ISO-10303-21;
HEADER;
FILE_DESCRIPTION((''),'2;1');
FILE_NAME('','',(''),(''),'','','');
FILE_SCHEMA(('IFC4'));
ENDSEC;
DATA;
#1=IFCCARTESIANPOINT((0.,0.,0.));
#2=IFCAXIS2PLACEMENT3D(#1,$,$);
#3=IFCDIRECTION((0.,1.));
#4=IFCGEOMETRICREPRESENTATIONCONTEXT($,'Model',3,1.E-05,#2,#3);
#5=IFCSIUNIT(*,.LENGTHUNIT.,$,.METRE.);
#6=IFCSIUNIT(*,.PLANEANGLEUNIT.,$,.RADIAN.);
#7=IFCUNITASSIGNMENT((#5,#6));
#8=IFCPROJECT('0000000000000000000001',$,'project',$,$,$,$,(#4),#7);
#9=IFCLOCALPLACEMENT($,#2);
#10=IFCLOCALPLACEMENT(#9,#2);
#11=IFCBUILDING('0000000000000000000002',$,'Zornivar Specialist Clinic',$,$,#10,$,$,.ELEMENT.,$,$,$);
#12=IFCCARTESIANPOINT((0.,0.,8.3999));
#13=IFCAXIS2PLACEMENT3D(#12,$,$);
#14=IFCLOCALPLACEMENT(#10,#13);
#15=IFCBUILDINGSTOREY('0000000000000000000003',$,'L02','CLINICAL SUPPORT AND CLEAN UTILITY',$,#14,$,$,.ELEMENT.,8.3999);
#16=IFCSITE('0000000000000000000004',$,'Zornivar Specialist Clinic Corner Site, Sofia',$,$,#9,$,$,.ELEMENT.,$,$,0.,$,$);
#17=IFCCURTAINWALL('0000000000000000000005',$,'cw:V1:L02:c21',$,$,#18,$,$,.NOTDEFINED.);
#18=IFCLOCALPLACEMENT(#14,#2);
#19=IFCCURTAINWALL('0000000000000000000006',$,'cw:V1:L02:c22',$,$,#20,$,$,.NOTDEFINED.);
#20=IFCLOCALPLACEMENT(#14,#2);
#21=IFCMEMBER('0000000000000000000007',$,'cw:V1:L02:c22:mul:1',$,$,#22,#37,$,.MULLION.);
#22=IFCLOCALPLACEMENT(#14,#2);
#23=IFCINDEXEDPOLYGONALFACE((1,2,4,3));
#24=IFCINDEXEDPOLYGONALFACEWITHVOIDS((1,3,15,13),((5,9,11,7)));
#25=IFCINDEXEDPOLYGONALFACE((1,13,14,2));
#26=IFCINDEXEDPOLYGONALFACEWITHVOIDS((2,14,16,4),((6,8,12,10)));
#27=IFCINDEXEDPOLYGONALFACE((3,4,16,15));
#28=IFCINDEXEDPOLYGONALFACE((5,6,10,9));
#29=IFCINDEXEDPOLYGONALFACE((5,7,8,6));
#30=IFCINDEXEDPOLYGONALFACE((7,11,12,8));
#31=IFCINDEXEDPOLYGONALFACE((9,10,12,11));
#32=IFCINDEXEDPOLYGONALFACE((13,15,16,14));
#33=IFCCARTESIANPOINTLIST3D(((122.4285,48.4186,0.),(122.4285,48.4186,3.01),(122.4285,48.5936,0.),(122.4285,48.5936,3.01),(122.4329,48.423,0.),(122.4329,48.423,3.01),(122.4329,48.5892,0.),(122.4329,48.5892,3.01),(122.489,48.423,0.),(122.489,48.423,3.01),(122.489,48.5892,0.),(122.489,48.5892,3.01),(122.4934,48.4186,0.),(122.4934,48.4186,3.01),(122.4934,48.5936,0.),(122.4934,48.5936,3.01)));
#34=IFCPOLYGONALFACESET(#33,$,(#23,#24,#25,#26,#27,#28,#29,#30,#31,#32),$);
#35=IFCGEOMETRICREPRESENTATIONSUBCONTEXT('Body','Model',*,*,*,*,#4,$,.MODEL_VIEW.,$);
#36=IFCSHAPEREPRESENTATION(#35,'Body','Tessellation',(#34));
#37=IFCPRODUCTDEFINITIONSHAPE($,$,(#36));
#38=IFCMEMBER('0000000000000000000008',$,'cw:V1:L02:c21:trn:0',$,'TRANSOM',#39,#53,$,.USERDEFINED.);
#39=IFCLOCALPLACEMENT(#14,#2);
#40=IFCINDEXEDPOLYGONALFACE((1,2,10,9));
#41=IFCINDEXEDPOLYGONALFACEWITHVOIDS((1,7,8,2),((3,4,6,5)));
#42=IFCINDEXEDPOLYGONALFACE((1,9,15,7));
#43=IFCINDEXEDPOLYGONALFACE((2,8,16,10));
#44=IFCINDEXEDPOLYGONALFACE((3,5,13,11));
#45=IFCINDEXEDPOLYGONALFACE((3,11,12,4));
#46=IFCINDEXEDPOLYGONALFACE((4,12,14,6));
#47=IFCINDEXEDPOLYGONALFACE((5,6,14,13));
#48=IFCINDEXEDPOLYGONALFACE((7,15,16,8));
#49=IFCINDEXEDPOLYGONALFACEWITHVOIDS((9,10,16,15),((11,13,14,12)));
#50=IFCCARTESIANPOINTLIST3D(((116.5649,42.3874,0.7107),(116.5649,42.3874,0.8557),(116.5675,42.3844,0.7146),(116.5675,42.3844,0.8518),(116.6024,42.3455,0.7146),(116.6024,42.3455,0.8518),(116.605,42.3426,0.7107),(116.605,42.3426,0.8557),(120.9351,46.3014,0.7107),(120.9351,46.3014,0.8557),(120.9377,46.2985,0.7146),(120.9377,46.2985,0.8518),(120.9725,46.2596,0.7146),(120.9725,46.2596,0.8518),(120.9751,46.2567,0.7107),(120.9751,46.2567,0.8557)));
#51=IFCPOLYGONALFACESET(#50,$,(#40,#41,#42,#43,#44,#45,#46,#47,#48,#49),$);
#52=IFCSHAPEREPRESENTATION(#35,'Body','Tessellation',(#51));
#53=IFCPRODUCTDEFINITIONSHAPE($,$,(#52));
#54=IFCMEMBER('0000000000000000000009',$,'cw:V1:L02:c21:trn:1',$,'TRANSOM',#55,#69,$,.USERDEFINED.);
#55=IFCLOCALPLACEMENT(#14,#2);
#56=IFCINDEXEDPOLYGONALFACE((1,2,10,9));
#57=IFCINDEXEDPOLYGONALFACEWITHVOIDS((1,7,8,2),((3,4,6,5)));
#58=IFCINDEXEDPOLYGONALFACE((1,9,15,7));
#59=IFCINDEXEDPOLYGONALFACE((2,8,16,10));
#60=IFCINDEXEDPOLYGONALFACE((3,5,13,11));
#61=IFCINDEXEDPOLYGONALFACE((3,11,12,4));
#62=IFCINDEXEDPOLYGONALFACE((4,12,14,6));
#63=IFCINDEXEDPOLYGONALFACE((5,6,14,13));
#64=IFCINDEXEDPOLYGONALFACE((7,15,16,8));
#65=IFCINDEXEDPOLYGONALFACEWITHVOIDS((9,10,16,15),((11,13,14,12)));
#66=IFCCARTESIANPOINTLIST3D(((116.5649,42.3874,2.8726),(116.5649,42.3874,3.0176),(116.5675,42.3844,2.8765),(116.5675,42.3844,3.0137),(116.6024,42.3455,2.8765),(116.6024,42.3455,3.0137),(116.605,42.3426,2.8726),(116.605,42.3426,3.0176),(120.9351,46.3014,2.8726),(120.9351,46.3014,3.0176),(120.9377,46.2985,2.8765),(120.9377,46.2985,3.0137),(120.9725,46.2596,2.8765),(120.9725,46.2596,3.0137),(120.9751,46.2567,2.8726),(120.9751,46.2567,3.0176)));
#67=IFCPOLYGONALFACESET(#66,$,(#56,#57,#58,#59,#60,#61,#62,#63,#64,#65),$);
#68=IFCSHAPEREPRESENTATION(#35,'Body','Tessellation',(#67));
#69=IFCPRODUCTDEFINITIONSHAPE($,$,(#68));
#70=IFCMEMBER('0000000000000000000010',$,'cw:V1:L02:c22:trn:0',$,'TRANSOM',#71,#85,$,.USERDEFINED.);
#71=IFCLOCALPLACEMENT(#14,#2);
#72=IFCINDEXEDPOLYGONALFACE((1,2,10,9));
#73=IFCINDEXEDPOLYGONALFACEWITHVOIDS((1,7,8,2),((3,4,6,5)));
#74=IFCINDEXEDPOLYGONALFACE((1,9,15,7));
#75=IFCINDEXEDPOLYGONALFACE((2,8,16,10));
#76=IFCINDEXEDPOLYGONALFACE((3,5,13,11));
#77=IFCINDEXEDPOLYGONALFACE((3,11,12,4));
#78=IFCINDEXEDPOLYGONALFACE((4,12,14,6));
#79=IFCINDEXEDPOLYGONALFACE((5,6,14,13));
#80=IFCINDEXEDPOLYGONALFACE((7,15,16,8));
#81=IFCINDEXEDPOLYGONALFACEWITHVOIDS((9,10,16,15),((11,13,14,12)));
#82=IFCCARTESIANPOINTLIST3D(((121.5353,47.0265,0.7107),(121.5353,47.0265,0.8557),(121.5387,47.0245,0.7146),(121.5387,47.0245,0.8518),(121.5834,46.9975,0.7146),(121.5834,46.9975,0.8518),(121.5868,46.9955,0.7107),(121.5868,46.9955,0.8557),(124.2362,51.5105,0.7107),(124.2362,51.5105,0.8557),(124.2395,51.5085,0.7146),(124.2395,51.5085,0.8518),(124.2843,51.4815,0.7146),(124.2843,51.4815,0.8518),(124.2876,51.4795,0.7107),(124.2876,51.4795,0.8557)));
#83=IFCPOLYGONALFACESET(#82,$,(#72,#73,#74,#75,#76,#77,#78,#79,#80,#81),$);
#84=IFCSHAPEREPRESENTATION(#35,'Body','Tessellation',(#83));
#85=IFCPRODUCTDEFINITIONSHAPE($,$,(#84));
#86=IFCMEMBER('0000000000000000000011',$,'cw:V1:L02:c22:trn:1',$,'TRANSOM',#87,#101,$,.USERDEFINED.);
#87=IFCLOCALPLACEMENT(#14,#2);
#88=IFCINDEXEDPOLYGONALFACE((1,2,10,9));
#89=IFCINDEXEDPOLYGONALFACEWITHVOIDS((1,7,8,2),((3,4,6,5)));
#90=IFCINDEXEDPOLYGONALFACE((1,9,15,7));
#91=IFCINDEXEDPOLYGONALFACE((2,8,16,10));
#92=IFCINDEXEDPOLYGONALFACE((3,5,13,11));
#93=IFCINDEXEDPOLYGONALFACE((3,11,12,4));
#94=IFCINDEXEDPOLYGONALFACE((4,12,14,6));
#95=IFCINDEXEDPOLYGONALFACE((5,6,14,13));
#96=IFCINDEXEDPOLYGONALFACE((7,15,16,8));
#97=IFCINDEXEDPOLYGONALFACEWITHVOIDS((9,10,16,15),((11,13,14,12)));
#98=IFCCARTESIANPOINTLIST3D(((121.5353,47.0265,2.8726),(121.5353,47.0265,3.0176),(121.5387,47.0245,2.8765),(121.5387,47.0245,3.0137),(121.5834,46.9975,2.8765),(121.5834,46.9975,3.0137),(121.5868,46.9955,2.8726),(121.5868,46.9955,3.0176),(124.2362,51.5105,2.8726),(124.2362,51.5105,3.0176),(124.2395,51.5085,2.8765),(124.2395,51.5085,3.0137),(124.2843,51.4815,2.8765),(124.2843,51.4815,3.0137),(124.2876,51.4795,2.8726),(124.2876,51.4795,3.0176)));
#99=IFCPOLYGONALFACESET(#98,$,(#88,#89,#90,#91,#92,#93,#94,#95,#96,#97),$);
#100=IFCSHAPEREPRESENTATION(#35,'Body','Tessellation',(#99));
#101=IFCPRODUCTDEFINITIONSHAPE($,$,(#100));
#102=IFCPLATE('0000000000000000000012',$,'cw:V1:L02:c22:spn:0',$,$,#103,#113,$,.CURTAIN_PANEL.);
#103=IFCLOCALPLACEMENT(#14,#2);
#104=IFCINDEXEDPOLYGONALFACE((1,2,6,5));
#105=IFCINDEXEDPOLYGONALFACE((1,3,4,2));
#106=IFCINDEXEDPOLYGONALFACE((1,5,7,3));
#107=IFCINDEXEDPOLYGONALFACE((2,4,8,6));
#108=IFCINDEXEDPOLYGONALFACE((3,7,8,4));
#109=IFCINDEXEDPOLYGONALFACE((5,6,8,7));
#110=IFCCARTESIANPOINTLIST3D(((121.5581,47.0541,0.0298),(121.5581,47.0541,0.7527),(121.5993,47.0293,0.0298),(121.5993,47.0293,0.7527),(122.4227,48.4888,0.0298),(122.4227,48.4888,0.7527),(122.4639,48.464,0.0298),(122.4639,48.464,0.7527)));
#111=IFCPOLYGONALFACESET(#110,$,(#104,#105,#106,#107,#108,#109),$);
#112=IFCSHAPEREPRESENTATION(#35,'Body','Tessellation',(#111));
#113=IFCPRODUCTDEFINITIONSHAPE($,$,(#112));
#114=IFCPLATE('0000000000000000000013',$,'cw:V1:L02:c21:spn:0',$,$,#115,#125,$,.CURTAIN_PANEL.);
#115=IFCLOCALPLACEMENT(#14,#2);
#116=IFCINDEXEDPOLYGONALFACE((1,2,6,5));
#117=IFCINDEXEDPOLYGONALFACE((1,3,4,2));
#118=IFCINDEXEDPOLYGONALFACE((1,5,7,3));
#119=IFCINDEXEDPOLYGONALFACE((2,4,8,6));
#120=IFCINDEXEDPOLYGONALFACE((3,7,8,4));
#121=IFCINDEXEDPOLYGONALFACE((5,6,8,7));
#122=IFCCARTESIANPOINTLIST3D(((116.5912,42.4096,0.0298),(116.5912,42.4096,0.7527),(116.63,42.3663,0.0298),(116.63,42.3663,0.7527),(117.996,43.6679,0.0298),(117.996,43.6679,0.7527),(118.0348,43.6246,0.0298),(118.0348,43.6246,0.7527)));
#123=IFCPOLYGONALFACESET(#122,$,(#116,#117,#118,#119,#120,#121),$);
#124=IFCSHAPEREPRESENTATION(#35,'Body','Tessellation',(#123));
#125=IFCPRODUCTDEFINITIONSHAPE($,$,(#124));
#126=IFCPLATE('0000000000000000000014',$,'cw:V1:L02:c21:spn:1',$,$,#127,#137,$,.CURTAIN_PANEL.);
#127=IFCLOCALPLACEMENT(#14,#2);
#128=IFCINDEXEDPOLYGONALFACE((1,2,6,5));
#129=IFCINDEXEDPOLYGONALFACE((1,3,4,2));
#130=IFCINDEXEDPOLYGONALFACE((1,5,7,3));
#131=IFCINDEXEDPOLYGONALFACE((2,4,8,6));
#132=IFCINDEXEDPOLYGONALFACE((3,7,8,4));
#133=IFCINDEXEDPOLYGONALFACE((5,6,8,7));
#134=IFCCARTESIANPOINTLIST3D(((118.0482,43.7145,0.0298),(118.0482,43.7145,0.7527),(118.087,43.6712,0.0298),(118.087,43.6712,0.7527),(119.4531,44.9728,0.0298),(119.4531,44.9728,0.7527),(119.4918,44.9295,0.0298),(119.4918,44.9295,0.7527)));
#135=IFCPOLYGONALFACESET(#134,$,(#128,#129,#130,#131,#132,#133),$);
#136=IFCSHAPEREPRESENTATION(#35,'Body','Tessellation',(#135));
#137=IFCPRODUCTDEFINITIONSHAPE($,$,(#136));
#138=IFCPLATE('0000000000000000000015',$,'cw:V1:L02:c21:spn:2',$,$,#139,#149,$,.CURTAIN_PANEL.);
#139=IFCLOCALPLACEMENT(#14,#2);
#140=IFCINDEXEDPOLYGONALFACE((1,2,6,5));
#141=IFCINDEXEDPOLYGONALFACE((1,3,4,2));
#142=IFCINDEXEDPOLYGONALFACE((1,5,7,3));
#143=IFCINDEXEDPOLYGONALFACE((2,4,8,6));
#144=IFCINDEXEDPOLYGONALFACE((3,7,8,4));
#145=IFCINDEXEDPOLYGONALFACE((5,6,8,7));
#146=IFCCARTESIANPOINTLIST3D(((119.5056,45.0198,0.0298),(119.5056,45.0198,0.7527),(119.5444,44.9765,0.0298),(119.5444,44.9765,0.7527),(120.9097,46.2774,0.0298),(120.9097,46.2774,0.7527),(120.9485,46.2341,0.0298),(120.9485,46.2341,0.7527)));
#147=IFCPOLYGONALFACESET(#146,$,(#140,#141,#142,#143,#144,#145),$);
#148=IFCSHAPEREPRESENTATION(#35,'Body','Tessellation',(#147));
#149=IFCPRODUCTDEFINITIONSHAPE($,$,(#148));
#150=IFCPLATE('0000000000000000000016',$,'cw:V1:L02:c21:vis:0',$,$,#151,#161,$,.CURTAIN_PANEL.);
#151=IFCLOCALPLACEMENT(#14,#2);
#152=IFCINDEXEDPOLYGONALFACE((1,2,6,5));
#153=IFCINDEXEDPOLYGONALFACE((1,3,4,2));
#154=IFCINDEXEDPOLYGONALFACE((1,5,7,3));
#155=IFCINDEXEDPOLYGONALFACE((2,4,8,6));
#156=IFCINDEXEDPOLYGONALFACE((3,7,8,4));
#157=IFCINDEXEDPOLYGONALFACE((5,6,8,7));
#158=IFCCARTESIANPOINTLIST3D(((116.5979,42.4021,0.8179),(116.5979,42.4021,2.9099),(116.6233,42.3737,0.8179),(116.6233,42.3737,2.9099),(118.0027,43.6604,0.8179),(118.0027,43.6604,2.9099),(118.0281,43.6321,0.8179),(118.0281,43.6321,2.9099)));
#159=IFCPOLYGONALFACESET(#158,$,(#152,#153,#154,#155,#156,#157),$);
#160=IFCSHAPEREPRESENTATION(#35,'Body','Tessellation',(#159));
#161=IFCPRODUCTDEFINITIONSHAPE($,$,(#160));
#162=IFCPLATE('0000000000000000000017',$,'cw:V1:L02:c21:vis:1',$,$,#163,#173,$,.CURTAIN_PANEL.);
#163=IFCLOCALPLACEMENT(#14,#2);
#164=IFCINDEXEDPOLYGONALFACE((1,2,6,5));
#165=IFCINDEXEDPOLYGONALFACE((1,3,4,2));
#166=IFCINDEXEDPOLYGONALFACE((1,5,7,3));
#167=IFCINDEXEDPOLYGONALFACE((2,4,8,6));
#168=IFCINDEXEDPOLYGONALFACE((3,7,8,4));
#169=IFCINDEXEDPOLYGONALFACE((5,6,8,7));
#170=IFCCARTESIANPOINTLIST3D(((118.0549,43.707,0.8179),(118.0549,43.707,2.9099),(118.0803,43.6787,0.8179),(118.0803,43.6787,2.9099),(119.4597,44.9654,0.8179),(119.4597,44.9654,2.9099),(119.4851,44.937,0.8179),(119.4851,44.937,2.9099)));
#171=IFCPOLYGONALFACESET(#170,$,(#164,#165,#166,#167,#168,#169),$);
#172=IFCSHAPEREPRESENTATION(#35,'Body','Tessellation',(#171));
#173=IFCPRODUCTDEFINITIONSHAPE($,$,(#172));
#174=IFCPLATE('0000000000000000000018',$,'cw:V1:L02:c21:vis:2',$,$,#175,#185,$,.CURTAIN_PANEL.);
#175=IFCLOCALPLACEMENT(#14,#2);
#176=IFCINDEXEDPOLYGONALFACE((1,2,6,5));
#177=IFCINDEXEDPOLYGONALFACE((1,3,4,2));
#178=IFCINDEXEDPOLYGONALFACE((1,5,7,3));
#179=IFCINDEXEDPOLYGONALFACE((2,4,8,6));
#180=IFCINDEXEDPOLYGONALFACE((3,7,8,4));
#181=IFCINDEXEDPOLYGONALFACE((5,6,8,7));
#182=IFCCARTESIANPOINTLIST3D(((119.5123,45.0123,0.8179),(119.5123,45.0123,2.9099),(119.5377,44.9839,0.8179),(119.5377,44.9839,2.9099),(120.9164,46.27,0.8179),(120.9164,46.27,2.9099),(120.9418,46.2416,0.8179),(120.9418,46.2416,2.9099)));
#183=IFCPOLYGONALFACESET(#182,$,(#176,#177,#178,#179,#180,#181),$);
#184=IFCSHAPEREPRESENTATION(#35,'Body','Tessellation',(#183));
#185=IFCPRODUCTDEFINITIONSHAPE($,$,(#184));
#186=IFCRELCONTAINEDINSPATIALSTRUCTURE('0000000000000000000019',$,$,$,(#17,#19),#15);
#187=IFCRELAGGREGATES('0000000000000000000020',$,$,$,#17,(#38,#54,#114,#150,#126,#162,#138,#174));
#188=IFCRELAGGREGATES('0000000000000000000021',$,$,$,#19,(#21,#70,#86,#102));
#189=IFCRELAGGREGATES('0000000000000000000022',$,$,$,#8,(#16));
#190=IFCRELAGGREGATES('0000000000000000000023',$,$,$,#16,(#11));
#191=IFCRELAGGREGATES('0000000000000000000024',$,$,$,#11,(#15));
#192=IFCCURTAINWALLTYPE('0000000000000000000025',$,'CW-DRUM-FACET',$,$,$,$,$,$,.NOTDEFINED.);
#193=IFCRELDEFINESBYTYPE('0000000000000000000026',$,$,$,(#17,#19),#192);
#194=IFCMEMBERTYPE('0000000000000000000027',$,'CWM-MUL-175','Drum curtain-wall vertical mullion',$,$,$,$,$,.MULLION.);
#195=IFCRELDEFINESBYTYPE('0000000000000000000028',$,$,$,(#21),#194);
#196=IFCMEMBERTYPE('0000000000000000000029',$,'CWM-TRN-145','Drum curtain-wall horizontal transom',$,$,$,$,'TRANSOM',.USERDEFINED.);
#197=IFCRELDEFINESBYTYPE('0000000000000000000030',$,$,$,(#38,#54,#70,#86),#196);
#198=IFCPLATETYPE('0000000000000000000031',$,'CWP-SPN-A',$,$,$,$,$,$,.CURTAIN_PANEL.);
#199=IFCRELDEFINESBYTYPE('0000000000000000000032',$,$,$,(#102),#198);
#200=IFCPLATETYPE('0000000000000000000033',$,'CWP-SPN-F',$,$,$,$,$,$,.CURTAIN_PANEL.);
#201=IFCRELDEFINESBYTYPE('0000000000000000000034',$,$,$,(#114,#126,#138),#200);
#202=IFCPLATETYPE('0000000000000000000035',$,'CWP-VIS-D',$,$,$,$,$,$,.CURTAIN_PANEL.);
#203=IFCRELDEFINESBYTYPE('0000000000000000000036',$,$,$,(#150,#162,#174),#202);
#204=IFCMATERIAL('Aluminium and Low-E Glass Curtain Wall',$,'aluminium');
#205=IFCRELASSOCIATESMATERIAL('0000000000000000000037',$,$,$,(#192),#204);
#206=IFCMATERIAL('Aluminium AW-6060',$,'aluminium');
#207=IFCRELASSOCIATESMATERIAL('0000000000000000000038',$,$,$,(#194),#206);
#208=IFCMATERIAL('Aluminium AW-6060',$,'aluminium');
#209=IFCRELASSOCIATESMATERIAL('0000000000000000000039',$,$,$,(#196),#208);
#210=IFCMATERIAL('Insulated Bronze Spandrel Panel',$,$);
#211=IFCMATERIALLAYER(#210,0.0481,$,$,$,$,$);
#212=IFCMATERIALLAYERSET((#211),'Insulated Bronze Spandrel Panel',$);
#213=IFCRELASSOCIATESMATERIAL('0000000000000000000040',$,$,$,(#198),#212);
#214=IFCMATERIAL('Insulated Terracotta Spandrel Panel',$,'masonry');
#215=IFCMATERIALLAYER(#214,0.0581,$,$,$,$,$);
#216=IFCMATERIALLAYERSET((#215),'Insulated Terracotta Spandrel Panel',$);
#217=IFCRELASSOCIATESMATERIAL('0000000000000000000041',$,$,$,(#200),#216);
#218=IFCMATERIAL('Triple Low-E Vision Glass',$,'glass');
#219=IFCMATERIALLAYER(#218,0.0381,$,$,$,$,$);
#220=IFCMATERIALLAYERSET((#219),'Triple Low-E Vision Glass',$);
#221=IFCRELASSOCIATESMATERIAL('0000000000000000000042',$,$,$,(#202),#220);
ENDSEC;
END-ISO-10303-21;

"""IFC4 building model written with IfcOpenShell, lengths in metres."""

from ifc_helpers import new_model, si_unit, direction, frame, origin, origin_2d, place, context, subcontext, project, spatial, rectangle, hollow_rectangle, extrude, material, layer, layer_set, material_profile, profile_set, type_object, element, aggregate, save


model = new_model("IFC4")

# Units and contexts
model_context = context("Model", 3, precision=1e-05, world=origin(), true_north=direction((0.0, 1.0)))
body_context = subcontext(model_context, "Body", "Model", "MODEL_VIEW")
ifc_project = project(units=[si_unit("LENGTHUNIT", "METRE"), si_unit("PLANEANGLEUNIT", "RADIAN")], contexts=[model_context])

# Site, building, storey
site_placement = place(None, origin())
site = spatial("IfcSite", under=ifc_project, at=site_placement, Name="Zornivar Specialist Clinic Corner Site, Sofia", CompositionType="ELEMENT", RefElevation=0.0)
building_placement = place(site_placement, origin())
building = spatial("IfcBuilding", under=site, at=building_placement, Name="Zornivar Specialist Clinic", CompositionType="ELEMENT")
storey_placement = place(building_placement, frame((0.0, 0.0, 8.3999)))
storey = spatial("IfcBuildingStorey", under=building, at=storey_placement, Name="L02", Description="CLINICAL SUPPORT AND CLEAN UTILITY", CompositionType="ELEMENT", Elevation=8.3999)

# Curtain walls, member
ifc_material_1 = material(Name="Aluminium and Low-E Glass Curtain Wall", Category="aluminium")
curtain_wall_type = type_object("IfcCurtainWallType", Name="CW-DRUM-FACET", PredefinedType="NOTDEFINED", material=ifc_material_1)
curtain_wall_1_placement = place(storey_placement, origin())
curtain_wall_1 = element("IfcCurtainWall", 1, at=curtain_wall_1_placement, inside=storey, type_object=curtain_wall_type, Name="cw:V1:L02:c21", PredefinedType="NOTDEFINED")
ifc_material_2 = material(Name="Aluminium AW-6060", Category="aluminium")
ifc_material_profile_1 = material_profile(ifc_material_2, hollow_rectangle(XDim=0.0649, YDim=0.175, WallThickness=0.0044, at=origin_2d()), Name="ALU 65x175x4.5")
ifc_profile_set_1 = profile_set([ifc_material_profile_1], Name="Aluminium AW-6060")
member_type_1 = type_object("IfcMemberType", Name="CWM-MUL-175", Description="Drum curtain-wall vertical mullion", PredefinedType="MULLION", material=ifc_profile_set_1)
curtain_wall_2_placement = place(storey_placement, origin())
curtain_wall_2 = element("IfcCurtainWall", 2, at=curtain_wall_2_placement, inside=storey, type_object=curtain_wall_type, Name="cw:V1:L02:c22", PredefinedType="NOTDEFINED")
member_1_placement = place(storey_placement, frame((122.4609, 48.5061, 0.0), z_axis=(0.0, 0.0, 1.0), x_axis=(1.0, 0.0, 0.0)))
member_1 = element("IfcMember", 3, at=member_1_placement, type_object=member_type_1, Name="cw:V1:L02:c22:mul:1", PredefinedType="MULLION", context=body_context, shape_type="SweptSolid", body=[
    extrude(hollow_rectangle(XDim=0.0649, YDim=0.175, WallThickness=0.0044, at=origin_2d()), origin(), (0.0, 0.0, 1.0), 3.01),
])

# Members
ifc_material_3 = material(Name="Aluminium AW-6060", Category="aluminium")
ifc_material_profile_2 = material_profile(ifc_material_3, hollow_rectangle(XDim=0.0601, YDim=0.145, WallThickness=0.0039, at=origin_2d()), Name="ALU 60x145x4")
ifc_profile_set_2 = profile_set([ifc_material_profile_2], Name="Aluminium AW-6060")
member_type_2 = type_object("IfcMemberType", Name="CWM-TRN-145", Description="Drum curtain-wall horizontal transom", ElementType="TRANSOM", PredefinedType="USERDEFINED", material=ifc_profile_set_2)
member_2_placement = place(storey_placement, frame((116.585, 42.365, 0.7832), z_axis=(0.744906, 0.667169, 0.0), x_axis=(-0.667169, 0.744906, 0.0)))
member_2 = element("IfcMember", 4, at=member_2_placement, type_object=member_type_2, Name="cw:V1:L02:c21:trn:0", ObjectType="TRANSOM", PredefinedType="USERDEFINED", context=body_context, shape_type="SweptSolid", body=[
    extrude(hollow_rectangle(XDim=0.0601, YDim=0.145, WallThickness=0.0039, at=origin_2d()), origin(), (0.0, 0.0, 1.0), 5.8667),
])
member_3_placement = place(storey_placement, frame((116.585, 42.365, 2.9451), z_axis=(0.744906, 0.667169, 0.0), x_axis=(-0.667169, 0.744906, 0.0)))
member_3 = element("IfcMember", 5, at=member_3_placement, type_object=member_type_2, Name="cw:V1:L02:c21:trn:1", ObjectType="TRANSOM", PredefinedType="USERDEFINED", context=body_context, shape_type="SweptSolid", body=[
    extrude(hollow_rectangle(XDim=0.0601, YDim=0.145, WallThickness=0.0039, at=origin_2d()), origin(), (0.0, 0.0, 1.0), 5.8667),
])
member_4_placement = place(storey_placement, frame((121.561, 47.011, 0.7832), z_axis=(0.515963, 0.856611, 0.0), x_axis=(-0.856611, 0.515963, 0.0)))
member_4 = element("IfcMember", 6, at=member_4_placement, type_object=member_type_2, Name="cw:V1:L02:c22:trn:0", ObjectType="TRANSOM", PredefinedType="USERDEFINED", context=body_context, shape_type="SweptSolid", body=[
    extrude(hollow_rectangle(XDim=0.0601, YDim=0.145, WallThickness=0.0039, at=origin_2d()), origin(), (0.0, 0.0, 1.0), 5.2346),
])
member_5_placement = place(storey_placement, frame((121.561, 47.011, 2.9451), z_axis=(0.515963, 0.856611, 0.0), x_axis=(-0.856611, 0.515963, 0.0)))
member_5 = element("IfcMember", 7, at=member_5_placement, type_object=member_type_2, Name="cw:V1:L02:c22:trn:1", ObjectType="TRANSOM", PredefinedType="USERDEFINED", context=body_context, shape_type="SweptSolid", body=[
    extrude(hollow_rectangle(XDim=0.0601, YDim=0.145, WallThickness=0.0039, at=origin_2d()), origin(), (0.0, 0.0, 1.0), 5.2346),
])

# Plates
ifc_material_4 = material(Name="Insulated Bronze Spandrel Panel")
ifc_layer_1 = layer(ifc_material_4, 0.0481)
ifc_layer_set_1 = layer_set([ifc_layer_1], Name="Insulated Bronze Spandrel Panel")
plate_type_1 = type_object("IfcPlateType", Name="CWP-SPN-A", PredefinedType="CURTAIN_PANEL", material=ifc_layer_set_1)
plate_1_placement = place(storey_placement, frame((122.011, 47.759, 0.0298), z_axis=(0.0, 0.0, 1.0), x_axis=(0.516127, 0.856512, 0.0)))
plate_1 = element("IfcPlate", 8, at=plate_1_placement, type_object=plate_type_1, Name="cw:V1:L02:c22:spn:0", PredefinedType="CURTAIN_PANEL", context=body_context, shape_type="SweptSolid", body=[
    extrude(rectangle(XDim=1.675, YDim=0.0481, at=origin_2d()), origin(), (0.0, 0.0, 1.0), 0.7229),
])
ifc_material_5 = material(Name="Insulated Terracotta Spandrel Panel", Category="masonry")
ifc_layer_2 = layer(ifc_material_5, 0.0581)
ifc_layer_set_2 = layer_set([ifc_layer_2], Name="Insulated Terracotta Spandrel Panel")
plate_type_2 = type_object("IfcPlateType", Name="CWP-SPN-F", PredefinedType="CURTAIN_PANEL", material=ifc_layer_set_2)
plate_2_placement = place(storey_placement, frame((117.313, 43.0171, 0.0298), z_axis=(0.0, 0.0, 1.0), x_axis=(0.744881, 0.667198, 0.0)))
plate_2 = element("IfcPlate", 9, at=plate_2_placement, type_object=plate_type_2, Name="cw:V1:L02:c21:spn:0", PredefinedType="CURTAIN_PANEL", context=body_context, shape_type="SweptSolid", body=[
    extrude(rectangle(XDim=1.886, YDim=0.0581, at=origin_2d()), origin(), (0.0, 0.0, 1.0), 0.7229),
])
plate_3_placement = place(storey_placement, frame((118.77, 44.322, 0.0298), z_axis=(0.0, 0.0, 1.0), x_axis=(0.744881, 0.667198, 0.0)))
plate_3 = element("IfcPlate", 10, at=plate_3_placement, type_object=plate_type_2, Name="cw:V1:L02:c21:spn:1", PredefinedType="CURTAIN_PANEL", context=body_context, shape_type="SweptSolid", body=[
    extrude(rectangle(XDim=1.886, YDim=0.0581, at=origin_2d()), origin(), (0.0, 0.0, 1.0), 0.7229),
])
plate_4_placement = place(storey_placement, frame((120.2271, 45.627, 0.0298), z_axis=(0.0, 0.0, 1.0), x_axis=(0.744881, 0.667198, 0.0)))
plate_4 = element("IfcPlate", 11, at=plate_4_placement, type_object=plate_type_2, Name="cw:V1:L02:c21:spn:2", PredefinedType="CURTAIN_PANEL", context=body_context, shape_type="SweptSolid", body=[
    extrude(rectangle(XDim=1.885, YDim=0.0581, at=origin_2d()), origin(), (0.0, 0.0, 1.0), 0.7229),
])
ifc_material_6 = material(Name="Triple Low-E Vision Glass", Category="glass")
ifc_layer_3 = layer(ifc_material_6, 0.0381)
ifc_layer_set_3 = layer_set([ifc_layer_3], Name="Triple Low-E Vision Glass")
plate_type_3 = type_object("IfcPlateType", Name="CWP-VIS-D", PredefinedType="CURTAIN_PANEL", material=ifc_layer_set_3)
plate_5_placement = place(storey_placement, frame((117.313, 43.0171, 0.8179), z_axis=(0.0, 0.0, 1.0), x_axis=(0.744881, 0.667198, 0.0)))
plate_5 = element("IfcPlate", 12, at=plate_5_placement, type_object=plate_type_3, Name="cw:V1:L02:c21:vis:0", PredefinedType="CURTAIN_PANEL", context=body_context, shape_type="SweptSolid", body=[
    extrude(rectangle(XDim=1.886, YDim=0.0381, at=origin_2d()), origin(), (0.0, 0.0, 1.0), 2.092),
])
plate_6_placement = place(storey_placement, frame((118.77, 44.322, 0.8179), z_axis=(0.0, 0.0, 1.0), x_axis=(0.744881, 0.667198, 0.0)))
plate_6 = element("IfcPlate", 13, at=plate_6_placement, type_object=plate_type_3, Name="cw:V1:L02:c21:vis:1", PredefinedType="CURTAIN_PANEL", context=body_context, shape_type="SweptSolid", body=[
    extrude(rectangle(XDim=1.886, YDim=0.0381, at=origin_2d()), origin(), (0.0, 0.0, 1.0), 2.092),
])
plate_7_placement = place(storey_placement, frame((120.2271, 45.627, 0.8179), z_axis=(0.0, 0.0, 1.0), x_axis=(0.744881, 0.667198, 0.0)))
plate_7 = element("IfcPlate", 14, at=plate_7_placement, type_object=plate_type_3, Name="cw:V1:L02:c21:vis:2", PredefinedType="CURTAIN_PANEL", context=body_context, shape_type="SweptSolid", body=[
    extrude(rectangle(XDim=1.885, YDim=0.0381, at=origin_2d()), origin(), (0.0, 0.0, 1.0), 2.092),
])
aggregate(curtain_wall_1, [member_2, member_3, plate_2, plate_5, plate_3, plate_6, plate_4, plate_7])
aggregate(curtain_wall_2, [member_1, member_4, member_5, plate_1])

save(model, "model.ifc")
